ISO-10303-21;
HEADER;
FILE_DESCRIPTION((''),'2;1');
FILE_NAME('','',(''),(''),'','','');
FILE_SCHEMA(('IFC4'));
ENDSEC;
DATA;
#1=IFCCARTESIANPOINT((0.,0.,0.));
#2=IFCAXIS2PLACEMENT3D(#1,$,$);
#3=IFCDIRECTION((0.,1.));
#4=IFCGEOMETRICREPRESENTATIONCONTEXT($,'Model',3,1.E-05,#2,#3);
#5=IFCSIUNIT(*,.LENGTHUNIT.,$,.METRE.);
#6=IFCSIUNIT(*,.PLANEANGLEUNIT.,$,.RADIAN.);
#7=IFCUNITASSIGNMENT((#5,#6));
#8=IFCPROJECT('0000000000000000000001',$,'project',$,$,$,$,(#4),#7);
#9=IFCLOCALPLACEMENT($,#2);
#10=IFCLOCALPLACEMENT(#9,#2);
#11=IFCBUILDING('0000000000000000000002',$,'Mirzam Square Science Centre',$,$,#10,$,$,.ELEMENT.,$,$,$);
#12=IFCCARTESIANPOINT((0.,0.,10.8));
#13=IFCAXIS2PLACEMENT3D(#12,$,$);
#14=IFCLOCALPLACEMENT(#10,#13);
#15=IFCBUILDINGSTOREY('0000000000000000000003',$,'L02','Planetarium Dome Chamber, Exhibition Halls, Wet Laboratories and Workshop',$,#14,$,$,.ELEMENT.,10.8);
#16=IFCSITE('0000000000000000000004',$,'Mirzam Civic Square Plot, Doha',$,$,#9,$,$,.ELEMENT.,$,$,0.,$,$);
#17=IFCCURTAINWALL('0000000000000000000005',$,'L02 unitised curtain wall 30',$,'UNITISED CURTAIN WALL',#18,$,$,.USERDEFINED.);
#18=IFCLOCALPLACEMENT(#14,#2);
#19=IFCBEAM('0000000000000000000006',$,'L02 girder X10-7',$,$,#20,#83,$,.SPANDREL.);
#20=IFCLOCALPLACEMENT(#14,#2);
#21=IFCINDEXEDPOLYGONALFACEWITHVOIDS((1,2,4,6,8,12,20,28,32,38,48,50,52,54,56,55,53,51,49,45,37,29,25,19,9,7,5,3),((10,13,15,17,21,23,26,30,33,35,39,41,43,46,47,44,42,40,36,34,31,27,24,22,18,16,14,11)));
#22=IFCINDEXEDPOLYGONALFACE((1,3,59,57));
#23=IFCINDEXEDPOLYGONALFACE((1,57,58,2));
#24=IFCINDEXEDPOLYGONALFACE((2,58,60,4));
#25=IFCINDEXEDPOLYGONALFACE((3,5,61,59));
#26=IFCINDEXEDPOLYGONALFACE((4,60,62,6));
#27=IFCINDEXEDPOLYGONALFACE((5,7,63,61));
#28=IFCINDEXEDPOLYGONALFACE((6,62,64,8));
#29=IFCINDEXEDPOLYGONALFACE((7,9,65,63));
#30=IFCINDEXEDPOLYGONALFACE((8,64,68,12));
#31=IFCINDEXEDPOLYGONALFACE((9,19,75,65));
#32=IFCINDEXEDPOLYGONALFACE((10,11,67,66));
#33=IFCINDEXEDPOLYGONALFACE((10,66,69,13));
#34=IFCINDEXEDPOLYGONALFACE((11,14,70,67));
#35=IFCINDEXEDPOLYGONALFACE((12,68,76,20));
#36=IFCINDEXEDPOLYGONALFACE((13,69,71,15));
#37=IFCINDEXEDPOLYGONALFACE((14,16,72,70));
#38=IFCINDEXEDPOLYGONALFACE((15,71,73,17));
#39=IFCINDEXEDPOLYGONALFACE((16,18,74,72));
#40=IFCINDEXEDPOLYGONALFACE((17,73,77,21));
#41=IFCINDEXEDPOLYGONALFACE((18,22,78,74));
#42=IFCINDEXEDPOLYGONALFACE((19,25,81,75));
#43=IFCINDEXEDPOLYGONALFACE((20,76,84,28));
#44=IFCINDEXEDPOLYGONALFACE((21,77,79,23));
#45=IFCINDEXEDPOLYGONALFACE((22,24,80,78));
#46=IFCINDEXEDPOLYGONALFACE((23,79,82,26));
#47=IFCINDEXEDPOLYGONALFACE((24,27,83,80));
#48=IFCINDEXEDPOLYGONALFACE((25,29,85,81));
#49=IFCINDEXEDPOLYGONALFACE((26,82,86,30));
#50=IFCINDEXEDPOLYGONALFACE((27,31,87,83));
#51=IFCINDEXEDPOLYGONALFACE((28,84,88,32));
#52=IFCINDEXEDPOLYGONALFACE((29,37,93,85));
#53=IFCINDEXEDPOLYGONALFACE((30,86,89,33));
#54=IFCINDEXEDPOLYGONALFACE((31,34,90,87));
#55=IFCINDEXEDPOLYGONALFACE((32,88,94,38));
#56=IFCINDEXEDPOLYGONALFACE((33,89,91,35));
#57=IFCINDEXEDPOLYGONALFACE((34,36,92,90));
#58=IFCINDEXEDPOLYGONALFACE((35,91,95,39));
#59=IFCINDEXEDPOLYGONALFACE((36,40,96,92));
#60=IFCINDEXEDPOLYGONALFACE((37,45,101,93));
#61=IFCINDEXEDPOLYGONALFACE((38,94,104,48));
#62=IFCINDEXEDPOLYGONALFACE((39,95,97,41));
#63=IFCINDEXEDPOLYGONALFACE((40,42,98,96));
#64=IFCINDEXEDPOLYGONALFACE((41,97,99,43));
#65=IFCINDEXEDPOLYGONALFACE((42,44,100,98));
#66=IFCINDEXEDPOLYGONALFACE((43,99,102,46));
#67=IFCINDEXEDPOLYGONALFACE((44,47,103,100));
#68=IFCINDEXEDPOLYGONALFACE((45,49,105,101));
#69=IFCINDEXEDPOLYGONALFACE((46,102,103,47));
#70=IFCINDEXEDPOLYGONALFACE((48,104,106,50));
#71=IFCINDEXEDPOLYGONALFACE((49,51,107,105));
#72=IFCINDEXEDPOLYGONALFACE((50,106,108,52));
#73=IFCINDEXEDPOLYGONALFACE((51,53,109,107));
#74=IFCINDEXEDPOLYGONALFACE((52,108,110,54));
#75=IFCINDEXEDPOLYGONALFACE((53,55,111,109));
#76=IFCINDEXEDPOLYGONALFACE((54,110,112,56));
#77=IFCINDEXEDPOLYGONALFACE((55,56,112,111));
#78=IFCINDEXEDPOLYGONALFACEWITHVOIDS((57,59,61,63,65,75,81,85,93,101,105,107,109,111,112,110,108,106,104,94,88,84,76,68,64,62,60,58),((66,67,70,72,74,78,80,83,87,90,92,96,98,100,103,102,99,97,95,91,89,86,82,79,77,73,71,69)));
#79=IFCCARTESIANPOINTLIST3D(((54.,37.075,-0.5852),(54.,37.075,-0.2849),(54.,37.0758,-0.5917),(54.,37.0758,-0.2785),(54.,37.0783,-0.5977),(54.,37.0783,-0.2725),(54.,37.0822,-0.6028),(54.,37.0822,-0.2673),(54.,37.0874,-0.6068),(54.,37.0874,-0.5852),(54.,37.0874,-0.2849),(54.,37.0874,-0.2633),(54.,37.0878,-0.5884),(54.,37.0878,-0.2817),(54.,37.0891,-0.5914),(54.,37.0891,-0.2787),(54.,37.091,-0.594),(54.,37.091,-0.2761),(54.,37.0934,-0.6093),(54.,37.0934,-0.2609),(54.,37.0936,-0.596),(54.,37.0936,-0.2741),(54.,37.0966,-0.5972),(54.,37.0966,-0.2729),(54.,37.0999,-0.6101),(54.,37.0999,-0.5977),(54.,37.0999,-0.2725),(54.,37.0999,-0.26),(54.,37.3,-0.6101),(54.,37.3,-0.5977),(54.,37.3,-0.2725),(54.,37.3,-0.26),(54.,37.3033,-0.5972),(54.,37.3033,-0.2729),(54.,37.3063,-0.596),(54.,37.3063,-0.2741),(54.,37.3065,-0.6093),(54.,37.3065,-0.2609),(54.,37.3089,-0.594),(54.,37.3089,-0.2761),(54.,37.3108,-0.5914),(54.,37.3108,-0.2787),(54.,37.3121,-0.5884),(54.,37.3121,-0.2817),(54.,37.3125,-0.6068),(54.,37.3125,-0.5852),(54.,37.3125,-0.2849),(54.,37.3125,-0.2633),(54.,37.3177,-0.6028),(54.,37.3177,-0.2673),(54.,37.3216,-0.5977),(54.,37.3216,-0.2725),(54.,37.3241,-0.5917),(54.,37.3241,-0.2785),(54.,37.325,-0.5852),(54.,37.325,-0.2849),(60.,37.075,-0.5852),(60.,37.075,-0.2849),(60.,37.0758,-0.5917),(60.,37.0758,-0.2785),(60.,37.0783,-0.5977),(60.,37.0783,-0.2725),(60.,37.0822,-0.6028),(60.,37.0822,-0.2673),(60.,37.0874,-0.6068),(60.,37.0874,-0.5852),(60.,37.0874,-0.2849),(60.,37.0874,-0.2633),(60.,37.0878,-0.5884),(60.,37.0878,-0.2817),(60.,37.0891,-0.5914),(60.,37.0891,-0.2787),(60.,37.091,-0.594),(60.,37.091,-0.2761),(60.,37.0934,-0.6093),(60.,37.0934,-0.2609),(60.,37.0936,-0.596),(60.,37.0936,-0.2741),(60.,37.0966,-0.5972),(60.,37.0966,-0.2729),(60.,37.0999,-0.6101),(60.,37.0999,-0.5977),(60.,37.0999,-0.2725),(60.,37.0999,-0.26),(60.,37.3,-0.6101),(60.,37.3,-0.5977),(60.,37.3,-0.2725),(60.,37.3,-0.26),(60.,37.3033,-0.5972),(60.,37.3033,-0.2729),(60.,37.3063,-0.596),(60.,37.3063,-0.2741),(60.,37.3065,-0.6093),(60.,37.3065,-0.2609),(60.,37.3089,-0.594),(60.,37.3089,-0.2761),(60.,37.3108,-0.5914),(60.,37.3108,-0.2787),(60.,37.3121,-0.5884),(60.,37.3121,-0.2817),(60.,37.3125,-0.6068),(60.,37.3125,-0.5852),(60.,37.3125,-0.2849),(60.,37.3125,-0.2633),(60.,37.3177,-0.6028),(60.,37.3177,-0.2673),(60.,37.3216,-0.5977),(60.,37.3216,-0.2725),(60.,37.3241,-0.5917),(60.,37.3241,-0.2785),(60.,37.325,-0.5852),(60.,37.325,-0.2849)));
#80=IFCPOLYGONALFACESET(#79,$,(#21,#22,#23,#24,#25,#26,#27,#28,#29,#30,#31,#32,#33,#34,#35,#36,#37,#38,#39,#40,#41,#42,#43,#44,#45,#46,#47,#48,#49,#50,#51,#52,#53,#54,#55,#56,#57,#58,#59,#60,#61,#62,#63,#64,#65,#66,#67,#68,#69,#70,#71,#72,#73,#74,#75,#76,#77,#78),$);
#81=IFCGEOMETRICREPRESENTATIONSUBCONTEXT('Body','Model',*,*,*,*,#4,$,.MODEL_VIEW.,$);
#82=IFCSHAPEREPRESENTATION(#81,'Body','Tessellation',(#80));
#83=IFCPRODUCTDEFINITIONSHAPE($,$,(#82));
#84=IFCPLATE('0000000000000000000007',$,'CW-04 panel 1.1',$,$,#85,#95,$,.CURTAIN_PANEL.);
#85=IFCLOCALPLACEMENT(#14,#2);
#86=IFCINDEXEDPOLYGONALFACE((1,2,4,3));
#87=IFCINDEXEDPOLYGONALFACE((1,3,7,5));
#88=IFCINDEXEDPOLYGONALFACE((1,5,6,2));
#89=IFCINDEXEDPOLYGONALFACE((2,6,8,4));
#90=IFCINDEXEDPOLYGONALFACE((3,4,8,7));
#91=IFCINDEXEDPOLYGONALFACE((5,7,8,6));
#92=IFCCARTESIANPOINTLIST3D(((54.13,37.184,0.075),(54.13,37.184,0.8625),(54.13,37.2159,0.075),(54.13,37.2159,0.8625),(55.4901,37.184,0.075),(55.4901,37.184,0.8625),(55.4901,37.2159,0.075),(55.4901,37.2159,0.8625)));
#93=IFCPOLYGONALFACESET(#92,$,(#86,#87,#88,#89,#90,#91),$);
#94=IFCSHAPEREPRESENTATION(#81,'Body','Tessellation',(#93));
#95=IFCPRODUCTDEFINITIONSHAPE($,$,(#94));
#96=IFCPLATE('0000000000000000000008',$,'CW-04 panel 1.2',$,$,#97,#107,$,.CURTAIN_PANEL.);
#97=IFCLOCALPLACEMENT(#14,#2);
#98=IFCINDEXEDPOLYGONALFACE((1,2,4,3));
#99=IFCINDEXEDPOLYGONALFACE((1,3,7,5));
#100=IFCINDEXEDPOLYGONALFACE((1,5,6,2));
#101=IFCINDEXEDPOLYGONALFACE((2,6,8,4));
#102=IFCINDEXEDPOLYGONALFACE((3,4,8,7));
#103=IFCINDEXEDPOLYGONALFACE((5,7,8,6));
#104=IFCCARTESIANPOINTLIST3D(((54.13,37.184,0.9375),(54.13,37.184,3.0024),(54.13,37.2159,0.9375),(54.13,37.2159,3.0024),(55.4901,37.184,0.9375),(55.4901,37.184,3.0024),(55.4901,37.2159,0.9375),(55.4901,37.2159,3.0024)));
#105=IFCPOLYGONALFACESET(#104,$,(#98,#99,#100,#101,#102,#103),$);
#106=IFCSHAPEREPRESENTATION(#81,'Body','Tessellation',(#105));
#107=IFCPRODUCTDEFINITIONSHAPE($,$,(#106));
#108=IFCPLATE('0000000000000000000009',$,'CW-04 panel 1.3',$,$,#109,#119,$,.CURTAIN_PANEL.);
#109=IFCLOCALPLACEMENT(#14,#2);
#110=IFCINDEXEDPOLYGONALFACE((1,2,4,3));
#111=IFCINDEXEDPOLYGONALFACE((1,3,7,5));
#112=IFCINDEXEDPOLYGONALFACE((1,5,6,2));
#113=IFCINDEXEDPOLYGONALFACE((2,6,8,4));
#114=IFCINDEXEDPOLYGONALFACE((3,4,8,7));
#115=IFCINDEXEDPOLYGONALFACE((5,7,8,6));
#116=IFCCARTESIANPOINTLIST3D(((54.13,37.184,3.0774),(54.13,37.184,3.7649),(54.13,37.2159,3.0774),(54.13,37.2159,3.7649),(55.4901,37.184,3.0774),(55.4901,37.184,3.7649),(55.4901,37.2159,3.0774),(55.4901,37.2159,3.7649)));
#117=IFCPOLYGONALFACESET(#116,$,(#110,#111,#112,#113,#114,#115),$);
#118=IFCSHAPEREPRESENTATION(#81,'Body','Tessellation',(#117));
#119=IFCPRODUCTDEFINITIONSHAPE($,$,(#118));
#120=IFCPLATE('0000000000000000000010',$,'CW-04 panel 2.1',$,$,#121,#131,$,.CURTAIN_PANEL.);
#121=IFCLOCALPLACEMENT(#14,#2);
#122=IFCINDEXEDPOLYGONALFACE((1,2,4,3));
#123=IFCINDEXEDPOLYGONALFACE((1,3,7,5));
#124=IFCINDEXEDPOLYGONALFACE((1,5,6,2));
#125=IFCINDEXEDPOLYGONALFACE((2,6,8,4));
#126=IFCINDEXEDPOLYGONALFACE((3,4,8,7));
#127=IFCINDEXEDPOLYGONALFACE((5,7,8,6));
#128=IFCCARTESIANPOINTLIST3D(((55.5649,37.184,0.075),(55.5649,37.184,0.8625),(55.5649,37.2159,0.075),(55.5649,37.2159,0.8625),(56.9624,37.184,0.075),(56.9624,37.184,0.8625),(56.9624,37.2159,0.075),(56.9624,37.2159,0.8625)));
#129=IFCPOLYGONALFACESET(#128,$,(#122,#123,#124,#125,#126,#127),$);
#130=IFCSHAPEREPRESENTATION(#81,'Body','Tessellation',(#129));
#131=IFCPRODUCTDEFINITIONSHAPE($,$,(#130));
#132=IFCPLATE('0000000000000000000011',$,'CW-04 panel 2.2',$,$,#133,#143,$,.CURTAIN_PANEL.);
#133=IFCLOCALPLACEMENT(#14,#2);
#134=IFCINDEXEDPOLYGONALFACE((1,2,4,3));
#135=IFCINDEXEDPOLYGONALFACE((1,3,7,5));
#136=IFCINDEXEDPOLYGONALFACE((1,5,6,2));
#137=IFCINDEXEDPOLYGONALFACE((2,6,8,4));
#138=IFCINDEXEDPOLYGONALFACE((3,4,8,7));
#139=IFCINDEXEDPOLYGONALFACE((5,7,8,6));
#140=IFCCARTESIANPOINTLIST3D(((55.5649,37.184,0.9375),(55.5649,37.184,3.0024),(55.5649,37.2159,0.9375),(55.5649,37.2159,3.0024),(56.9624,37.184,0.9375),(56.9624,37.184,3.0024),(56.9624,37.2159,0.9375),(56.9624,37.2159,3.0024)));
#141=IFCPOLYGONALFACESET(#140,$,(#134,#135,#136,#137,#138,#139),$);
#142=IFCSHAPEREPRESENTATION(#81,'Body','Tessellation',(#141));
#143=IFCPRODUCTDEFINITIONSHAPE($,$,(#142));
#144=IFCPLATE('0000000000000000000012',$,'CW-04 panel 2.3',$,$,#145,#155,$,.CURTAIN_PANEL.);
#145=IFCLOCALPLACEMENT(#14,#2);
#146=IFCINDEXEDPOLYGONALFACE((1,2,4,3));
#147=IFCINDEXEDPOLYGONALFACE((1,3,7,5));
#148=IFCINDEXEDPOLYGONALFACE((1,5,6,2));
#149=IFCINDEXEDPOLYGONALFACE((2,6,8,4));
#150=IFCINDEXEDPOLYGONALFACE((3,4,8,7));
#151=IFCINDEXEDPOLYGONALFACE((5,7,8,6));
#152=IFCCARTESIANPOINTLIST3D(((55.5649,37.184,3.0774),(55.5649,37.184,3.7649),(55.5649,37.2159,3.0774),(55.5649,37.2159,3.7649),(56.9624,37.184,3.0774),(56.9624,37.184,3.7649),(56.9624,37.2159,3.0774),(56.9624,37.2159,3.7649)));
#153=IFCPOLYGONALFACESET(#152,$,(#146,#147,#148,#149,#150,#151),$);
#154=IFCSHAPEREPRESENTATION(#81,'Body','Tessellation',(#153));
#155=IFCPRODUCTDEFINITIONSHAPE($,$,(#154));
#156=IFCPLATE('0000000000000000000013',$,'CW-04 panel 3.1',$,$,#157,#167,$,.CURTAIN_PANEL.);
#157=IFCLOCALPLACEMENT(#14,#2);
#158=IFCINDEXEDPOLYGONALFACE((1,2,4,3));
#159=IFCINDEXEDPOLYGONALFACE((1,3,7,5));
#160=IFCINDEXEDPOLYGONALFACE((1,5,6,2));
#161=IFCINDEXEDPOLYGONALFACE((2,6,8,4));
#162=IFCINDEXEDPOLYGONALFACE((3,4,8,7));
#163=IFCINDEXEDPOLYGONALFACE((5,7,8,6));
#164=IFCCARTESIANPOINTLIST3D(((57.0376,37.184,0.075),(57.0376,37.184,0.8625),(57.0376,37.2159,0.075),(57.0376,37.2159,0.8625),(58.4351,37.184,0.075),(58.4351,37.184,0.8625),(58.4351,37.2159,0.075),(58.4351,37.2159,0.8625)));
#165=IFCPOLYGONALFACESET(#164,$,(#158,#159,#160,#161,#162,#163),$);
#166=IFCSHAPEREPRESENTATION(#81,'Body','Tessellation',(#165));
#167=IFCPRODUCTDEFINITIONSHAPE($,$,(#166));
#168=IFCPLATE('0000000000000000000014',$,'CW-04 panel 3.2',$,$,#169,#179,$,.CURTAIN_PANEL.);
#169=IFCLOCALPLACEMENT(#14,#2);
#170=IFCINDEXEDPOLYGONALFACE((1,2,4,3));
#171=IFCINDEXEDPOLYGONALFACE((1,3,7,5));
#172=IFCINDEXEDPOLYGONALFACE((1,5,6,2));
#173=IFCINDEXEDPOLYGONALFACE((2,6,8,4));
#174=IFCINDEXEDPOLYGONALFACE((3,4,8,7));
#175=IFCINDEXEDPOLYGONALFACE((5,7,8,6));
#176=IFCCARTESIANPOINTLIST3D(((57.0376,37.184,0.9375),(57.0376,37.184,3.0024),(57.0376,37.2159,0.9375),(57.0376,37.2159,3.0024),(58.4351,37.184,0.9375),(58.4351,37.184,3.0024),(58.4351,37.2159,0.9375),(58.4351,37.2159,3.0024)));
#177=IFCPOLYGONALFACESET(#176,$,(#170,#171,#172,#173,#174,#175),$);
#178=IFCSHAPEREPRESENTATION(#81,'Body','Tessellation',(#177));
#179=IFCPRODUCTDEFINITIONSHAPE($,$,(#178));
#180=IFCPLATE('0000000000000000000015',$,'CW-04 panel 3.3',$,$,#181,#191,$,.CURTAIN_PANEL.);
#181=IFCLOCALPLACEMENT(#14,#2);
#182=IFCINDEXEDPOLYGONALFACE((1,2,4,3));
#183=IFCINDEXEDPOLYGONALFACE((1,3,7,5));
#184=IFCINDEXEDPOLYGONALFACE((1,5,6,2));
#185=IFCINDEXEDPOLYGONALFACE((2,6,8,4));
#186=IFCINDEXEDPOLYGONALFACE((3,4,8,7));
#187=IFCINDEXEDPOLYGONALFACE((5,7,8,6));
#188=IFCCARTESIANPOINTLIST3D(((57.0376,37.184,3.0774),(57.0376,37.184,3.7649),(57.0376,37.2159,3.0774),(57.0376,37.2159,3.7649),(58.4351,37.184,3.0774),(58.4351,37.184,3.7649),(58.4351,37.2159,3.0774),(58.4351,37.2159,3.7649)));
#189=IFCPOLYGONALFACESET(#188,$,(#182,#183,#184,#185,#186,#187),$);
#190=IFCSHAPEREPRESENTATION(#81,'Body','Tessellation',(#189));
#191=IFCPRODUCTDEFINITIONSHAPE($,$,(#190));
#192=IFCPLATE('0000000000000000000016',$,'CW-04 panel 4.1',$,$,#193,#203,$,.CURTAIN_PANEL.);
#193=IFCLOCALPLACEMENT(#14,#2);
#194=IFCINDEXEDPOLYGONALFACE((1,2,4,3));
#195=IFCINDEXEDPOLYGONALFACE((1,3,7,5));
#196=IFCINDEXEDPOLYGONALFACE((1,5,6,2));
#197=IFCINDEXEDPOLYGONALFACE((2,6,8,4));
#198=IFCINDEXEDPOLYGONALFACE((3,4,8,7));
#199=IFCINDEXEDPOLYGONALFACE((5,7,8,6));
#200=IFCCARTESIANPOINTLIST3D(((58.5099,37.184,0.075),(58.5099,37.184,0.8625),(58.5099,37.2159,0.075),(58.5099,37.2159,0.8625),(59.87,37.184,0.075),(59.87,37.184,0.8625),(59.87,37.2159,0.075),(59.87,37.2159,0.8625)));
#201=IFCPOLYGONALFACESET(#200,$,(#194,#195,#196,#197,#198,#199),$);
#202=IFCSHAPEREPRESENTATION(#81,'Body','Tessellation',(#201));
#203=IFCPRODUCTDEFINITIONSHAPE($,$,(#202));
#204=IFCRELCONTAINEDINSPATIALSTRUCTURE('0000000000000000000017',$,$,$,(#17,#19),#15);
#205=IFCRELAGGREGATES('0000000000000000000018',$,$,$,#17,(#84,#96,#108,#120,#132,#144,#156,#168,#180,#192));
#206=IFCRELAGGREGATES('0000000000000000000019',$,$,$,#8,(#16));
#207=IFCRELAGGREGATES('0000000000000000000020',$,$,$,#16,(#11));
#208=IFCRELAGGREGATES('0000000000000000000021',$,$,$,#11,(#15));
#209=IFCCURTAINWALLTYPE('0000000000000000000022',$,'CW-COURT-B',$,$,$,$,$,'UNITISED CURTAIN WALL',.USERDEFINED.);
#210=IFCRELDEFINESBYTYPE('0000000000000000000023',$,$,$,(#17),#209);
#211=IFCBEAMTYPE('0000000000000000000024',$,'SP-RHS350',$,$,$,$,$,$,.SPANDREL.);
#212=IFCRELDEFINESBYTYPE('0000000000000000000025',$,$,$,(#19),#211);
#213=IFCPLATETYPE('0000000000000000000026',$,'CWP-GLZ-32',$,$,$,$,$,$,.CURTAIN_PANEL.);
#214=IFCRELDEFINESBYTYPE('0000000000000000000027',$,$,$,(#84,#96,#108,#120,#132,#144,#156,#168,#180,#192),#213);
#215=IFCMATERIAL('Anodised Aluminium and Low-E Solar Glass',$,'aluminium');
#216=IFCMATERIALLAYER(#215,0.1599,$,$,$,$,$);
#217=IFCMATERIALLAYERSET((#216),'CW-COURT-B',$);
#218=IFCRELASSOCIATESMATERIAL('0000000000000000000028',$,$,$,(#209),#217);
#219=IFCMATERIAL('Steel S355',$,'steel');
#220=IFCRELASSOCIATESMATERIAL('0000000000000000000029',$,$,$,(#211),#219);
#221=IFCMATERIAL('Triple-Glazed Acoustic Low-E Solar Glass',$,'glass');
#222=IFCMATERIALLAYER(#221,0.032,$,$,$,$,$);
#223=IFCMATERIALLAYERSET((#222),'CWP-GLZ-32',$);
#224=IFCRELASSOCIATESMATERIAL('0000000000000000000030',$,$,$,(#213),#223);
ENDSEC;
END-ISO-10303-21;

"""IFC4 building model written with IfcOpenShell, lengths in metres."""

from ifc_helpers import new_model, si_unit, direction, frame, origin, origin_2d, place, context, subcontext, project, spatial, rectangle, hollow_rectangle, extrude, material, layer, layer_set, material_profile, profile_set, type_object, element, aggregate, save


model = new_model("IFC4")

# Units and contexts
model_context = context("Model", 3, precision=1e-05, world=origin(), true_north=direction((0.0, 1.0)))
body_context = subcontext(model_context, "Body", "Model", "MODEL_VIEW")
ifc_project = project(units=[si_unit("LENGTHUNIT", "METRE"), si_unit("PLANEANGLEUNIT", "RADIAN")], contexts=[model_context])

# Site, building, storey
site_placement = place(None, origin())
site = spatial("IfcSite", under=ifc_project, at=site_placement, Name="Mirzam Civic Square Plot, Doha", CompositionType="ELEMENT", RefElevation=0.0)
building_placement = place(site_placement, origin())
building = spatial("IfcBuilding", under=site, at=building_placement, Name="Mirzam Square Science Centre", CompositionType="ELEMENT")
storey_placement = place(building_placement, frame((0.0, 0.0, 10.8)))
storey = spatial("IfcBuildingStorey", under=building, at=storey_placement, Name="L02", Description="Planetarium Dome Chamber, Exhibition Halls, Wet Laboratories and Workshop", CompositionType="ELEMENT", Elevation=10.8)

# Shared definitions
ifc_material_1 = material(Name="Steel S355", Category="steel")

# Curtain wall
ifc_material_2 = material(Name="Anodised Aluminium and Low-E Solar Glass", Category="aluminium")
ifc_layer_1 = layer(ifc_material_2, 0.1599)
ifc_layer_set_1 = layer_set([ifc_layer_1], Name="CW-COURT-B")
curtain_wall_type = type_object("IfcCurtainWallType", Name="CW-COURT-B", ElementType="UNITISED CURTAIN WALL", PredefinedType="USERDEFINED", material=ifc_layer_set_1)
curtain_wall_placement = place(storey_placement, origin())
curtain_wall = element("IfcCurtainWall", 1, at=curtain_wall_placement, inside=storey, type_object=curtain_wall_type, Name="L02 unitised curtain wall 30", ObjectType="UNITISED CURTAIN WALL", PredefinedType="USERDEFINED")

# Beam
ifc_material_profile_1 = material_profile(ifc_material_1, hollow_rectangle(XDim=0.25, YDim=0.3501, WallThickness=0.0125, InnerFilletRadius=0.0125, OuterFilletRadius=0.0249, at=origin_2d()), Name="350x250x12.5RHS")
ifc_profile_set_1 = profile_set([ifc_material_profile_1], Name="Steel S355")
beam_type_1 = type_object("IfcBeamType", Name="SP-RHS350", PredefinedType="SPANDREL", material=ifc_profile_set_1)
beam_1_placement = place(storey_placement, frame((54.0, 37.2, -0.4351), z_axis=(1.0, 0.0, 0.0), x_axis=(0.0, 1.0, 0.0)))
element("IfcBeam", 2, at=beam_1_placement, inside=storey, type_object=beam_type_1, Name="L02 girder X10-7", PredefinedType="SPANDREL", context=body_context, shape_type="SweptSolid", body=[
    extrude(hollow_rectangle(XDim=0.25, YDim=0.3501, WallThickness=0.0125, InnerFilletRadius=0.0125, OuterFilletRadius=0.0249, at=origin_2d()), origin(), (0.0, 0.0, 1.0), 6.0),
])

# Plates
ifc_material_3 = material(Name="Triple-Glazed Acoustic Low-E Solar Glass", Category="glass")
ifc_layer_2 = layer(ifc_material_3, 0.032)
ifc_layer_set_2 = layer_set([ifc_layer_2], Name="CWP-GLZ-32")
plate_type = type_object("IfcPlateType", Name="CWP-GLZ-32", PredefinedType="CURTAIN_PANEL", material=ifc_layer_set_2)
plate_1_placement = place(storey_placement, frame((54.8101, 37.2, 0.075), z_axis=(0.0, 0.0, 1.0), x_axis=(1.0, 0.0, 0.0)))
plate_1 = element("IfcPlate", 3, at=plate_1_placement, type_object=plate_type, Name="CW-04 panel 1.1", PredefinedType="CURTAIN_PANEL", context=body_context, shape_type="SweptSolid", body=[
    extrude(rectangle(XDim=1.3601, YDim=0.032, at=origin_2d()), origin(), (0.0, 0.0, 1.0), 0.7876),
])
plate_2_placement = place(storey_placement, frame((54.8101, 37.2, 0.9375), z_axis=(0.0, 0.0, 1.0), x_axis=(1.0, 0.0, 0.0)))
plate_2 = element("IfcPlate", 4, at=plate_2_placement, type_object=plate_type, Name="CW-04 panel 1.2", PredefinedType="CURTAIN_PANEL", context=body_context, shape_type="SweptSolid", body=[
    extrude(rectangle(XDim=1.3601, YDim=0.032, at=origin_2d()), origin(), (0.0, 0.0, 1.0), 2.0649),
])
plate_3_placement = place(storey_placement, frame((54.8101, 37.2, 3.0774), z_axis=(0.0, 0.0, 1.0), x_axis=(1.0, 0.0, 0.0)))
plate_3 = element("IfcPlate", 5, at=plate_3_placement, type_object=plate_type, Name="CW-04 panel 1.3", PredefinedType="CURTAIN_PANEL", context=body_context, shape_type="SweptSolid", body=[
    extrude(rectangle(XDim=1.3601, YDim=0.032, at=origin_2d()), origin(), (0.0, 0.0, 1.0), 0.6875),
])
plate_4_placement = place(storey_placement, frame((56.2637, 37.2, 0.075), z_axis=(0.0, 0.0, 1.0), x_axis=(1.0, 0.0, 0.0)))
plate_4 = element("IfcPlate", 6, at=plate_4_placement, type_object=plate_type, Name="CW-04 panel 2.1", PredefinedType="CURTAIN_PANEL", context=body_context, shape_type="SweptSolid", body=[
    extrude(rectangle(XDim=1.3975, YDim=0.032, at=origin_2d()), origin(), (0.0, 0.0, 1.0), 0.7876),
])
plate_5_placement = place(storey_placement, frame((56.2637, 37.2, 0.9375), z_axis=(0.0, 0.0, 1.0), x_axis=(1.0, 0.0, 0.0)))
plate_5 = element("IfcPlate", 7, at=plate_5_placement, type_object=plate_type, Name="CW-04 panel 2.2", PredefinedType="CURTAIN_PANEL", context=body_context, shape_type="SweptSolid", body=[
    extrude(rectangle(XDim=1.3975, YDim=0.032, at=origin_2d()), origin(), (0.0, 0.0, 1.0), 2.0649),
])
plate_6_placement = place(storey_placement, frame((56.2637, 37.2, 3.0774), z_axis=(0.0, 0.0, 1.0), x_axis=(1.0, 0.0, 0.0)))
plate_6 = element("IfcPlate", 8, at=plate_6_placement, type_object=plate_type, Name="CW-04 panel 2.3", PredefinedType="CURTAIN_PANEL", context=body_context, shape_type="SweptSolid", body=[
    extrude(rectangle(XDim=1.3975, YDim=0.032, at=origin_2d()), origin(), (0.0, 0.0, 1.0), 0.6875),
])
plate_7_placement = place(storey_placement, frame((57.7363, 37.2, 0.075), z_axis=(0.0, 0.0, 1.0), x_axis=(1.0, 0.0, 0.0)))
plate_7 = element("IfcPlate", 9, at=plate_7_placement, type_object=plate_type, Name="CW-04 panel 3.1", PredefinedType="CURTAIN_PANEL", context=body_context, shape_type="SweptSolid", body=[
    extrude(rectangle(XDim=1.3975, YDim=0.032, at=origin_2d()), origin(), (0.0, 0.0, 1.0), 0.7876),
])
plate_8_placement = place(storey_placement, frame((57.7363, 37.2, 0.9375), z_axis=(0.0, 0.0, 1.0), x_axis=(1.0, 0.0, 0.0)))
plate_8 = element("IfcPlate", 10, at=plate_8_placement, type_object=plate_type, Name="CW-04 panel 3.2", PredefinedType="CURTAIN_PANEL", context=body_context, shape_type="SweptSolid", body=[
    extrude(rectangle(XDim=1.3975, YDim=0.032, at=origin_2d()), origin(), (0.0, 0.0, 1.0), 2.0649),
])
plate_9_placement = place(storey_placement, frame((57.7363, 37.2, 3.0774), z_axis=(0.0, 0.0, 1.0), x_axis=(1.0, 0.0, 0.0)))
plate_9 = element("IfcPlate", 11, at=plate_9_placement, type_object=plate_type, Name="CW-04 panel 3.3", PredefinedType="CURTAIN_PANEL", context=body_context, shape_type="SweptSolid", body=[
    extrude(rectangle(XDim=1.3975, YDim=0.032, at=origin_2d()), origin(), (0.0, 0.0, 1.0), 0.6875),
])
plate_10_placement = place(storey_placement, frame((59.1899, 37.2, 0.075), z_axis=(0.0, 0.0, 1.0), x_axis=(1.0, 0.0, 0.0)))
plate_10 = element("IfcPlate", 12, at=plate_10_placement, type_object=plate_type, Name="CW-04 panel 4.1", PredefinedType="CURTAIN_PANEL", context=body_context, shape_type="SweptSolid", body=[
    extrude(rectangle(XDim=1.3601, YDim=0.032, at=origin_2d()), origin(), (0.0, 0.0, 1.0), 0.7876),
])
aggregate(curtain_wall, [plate_1, plate_2, plate_3, plate_4, plate_5, plate_6, plate_7, plate_8, plate_9, plate_10])

save(model, "model.ifc")
